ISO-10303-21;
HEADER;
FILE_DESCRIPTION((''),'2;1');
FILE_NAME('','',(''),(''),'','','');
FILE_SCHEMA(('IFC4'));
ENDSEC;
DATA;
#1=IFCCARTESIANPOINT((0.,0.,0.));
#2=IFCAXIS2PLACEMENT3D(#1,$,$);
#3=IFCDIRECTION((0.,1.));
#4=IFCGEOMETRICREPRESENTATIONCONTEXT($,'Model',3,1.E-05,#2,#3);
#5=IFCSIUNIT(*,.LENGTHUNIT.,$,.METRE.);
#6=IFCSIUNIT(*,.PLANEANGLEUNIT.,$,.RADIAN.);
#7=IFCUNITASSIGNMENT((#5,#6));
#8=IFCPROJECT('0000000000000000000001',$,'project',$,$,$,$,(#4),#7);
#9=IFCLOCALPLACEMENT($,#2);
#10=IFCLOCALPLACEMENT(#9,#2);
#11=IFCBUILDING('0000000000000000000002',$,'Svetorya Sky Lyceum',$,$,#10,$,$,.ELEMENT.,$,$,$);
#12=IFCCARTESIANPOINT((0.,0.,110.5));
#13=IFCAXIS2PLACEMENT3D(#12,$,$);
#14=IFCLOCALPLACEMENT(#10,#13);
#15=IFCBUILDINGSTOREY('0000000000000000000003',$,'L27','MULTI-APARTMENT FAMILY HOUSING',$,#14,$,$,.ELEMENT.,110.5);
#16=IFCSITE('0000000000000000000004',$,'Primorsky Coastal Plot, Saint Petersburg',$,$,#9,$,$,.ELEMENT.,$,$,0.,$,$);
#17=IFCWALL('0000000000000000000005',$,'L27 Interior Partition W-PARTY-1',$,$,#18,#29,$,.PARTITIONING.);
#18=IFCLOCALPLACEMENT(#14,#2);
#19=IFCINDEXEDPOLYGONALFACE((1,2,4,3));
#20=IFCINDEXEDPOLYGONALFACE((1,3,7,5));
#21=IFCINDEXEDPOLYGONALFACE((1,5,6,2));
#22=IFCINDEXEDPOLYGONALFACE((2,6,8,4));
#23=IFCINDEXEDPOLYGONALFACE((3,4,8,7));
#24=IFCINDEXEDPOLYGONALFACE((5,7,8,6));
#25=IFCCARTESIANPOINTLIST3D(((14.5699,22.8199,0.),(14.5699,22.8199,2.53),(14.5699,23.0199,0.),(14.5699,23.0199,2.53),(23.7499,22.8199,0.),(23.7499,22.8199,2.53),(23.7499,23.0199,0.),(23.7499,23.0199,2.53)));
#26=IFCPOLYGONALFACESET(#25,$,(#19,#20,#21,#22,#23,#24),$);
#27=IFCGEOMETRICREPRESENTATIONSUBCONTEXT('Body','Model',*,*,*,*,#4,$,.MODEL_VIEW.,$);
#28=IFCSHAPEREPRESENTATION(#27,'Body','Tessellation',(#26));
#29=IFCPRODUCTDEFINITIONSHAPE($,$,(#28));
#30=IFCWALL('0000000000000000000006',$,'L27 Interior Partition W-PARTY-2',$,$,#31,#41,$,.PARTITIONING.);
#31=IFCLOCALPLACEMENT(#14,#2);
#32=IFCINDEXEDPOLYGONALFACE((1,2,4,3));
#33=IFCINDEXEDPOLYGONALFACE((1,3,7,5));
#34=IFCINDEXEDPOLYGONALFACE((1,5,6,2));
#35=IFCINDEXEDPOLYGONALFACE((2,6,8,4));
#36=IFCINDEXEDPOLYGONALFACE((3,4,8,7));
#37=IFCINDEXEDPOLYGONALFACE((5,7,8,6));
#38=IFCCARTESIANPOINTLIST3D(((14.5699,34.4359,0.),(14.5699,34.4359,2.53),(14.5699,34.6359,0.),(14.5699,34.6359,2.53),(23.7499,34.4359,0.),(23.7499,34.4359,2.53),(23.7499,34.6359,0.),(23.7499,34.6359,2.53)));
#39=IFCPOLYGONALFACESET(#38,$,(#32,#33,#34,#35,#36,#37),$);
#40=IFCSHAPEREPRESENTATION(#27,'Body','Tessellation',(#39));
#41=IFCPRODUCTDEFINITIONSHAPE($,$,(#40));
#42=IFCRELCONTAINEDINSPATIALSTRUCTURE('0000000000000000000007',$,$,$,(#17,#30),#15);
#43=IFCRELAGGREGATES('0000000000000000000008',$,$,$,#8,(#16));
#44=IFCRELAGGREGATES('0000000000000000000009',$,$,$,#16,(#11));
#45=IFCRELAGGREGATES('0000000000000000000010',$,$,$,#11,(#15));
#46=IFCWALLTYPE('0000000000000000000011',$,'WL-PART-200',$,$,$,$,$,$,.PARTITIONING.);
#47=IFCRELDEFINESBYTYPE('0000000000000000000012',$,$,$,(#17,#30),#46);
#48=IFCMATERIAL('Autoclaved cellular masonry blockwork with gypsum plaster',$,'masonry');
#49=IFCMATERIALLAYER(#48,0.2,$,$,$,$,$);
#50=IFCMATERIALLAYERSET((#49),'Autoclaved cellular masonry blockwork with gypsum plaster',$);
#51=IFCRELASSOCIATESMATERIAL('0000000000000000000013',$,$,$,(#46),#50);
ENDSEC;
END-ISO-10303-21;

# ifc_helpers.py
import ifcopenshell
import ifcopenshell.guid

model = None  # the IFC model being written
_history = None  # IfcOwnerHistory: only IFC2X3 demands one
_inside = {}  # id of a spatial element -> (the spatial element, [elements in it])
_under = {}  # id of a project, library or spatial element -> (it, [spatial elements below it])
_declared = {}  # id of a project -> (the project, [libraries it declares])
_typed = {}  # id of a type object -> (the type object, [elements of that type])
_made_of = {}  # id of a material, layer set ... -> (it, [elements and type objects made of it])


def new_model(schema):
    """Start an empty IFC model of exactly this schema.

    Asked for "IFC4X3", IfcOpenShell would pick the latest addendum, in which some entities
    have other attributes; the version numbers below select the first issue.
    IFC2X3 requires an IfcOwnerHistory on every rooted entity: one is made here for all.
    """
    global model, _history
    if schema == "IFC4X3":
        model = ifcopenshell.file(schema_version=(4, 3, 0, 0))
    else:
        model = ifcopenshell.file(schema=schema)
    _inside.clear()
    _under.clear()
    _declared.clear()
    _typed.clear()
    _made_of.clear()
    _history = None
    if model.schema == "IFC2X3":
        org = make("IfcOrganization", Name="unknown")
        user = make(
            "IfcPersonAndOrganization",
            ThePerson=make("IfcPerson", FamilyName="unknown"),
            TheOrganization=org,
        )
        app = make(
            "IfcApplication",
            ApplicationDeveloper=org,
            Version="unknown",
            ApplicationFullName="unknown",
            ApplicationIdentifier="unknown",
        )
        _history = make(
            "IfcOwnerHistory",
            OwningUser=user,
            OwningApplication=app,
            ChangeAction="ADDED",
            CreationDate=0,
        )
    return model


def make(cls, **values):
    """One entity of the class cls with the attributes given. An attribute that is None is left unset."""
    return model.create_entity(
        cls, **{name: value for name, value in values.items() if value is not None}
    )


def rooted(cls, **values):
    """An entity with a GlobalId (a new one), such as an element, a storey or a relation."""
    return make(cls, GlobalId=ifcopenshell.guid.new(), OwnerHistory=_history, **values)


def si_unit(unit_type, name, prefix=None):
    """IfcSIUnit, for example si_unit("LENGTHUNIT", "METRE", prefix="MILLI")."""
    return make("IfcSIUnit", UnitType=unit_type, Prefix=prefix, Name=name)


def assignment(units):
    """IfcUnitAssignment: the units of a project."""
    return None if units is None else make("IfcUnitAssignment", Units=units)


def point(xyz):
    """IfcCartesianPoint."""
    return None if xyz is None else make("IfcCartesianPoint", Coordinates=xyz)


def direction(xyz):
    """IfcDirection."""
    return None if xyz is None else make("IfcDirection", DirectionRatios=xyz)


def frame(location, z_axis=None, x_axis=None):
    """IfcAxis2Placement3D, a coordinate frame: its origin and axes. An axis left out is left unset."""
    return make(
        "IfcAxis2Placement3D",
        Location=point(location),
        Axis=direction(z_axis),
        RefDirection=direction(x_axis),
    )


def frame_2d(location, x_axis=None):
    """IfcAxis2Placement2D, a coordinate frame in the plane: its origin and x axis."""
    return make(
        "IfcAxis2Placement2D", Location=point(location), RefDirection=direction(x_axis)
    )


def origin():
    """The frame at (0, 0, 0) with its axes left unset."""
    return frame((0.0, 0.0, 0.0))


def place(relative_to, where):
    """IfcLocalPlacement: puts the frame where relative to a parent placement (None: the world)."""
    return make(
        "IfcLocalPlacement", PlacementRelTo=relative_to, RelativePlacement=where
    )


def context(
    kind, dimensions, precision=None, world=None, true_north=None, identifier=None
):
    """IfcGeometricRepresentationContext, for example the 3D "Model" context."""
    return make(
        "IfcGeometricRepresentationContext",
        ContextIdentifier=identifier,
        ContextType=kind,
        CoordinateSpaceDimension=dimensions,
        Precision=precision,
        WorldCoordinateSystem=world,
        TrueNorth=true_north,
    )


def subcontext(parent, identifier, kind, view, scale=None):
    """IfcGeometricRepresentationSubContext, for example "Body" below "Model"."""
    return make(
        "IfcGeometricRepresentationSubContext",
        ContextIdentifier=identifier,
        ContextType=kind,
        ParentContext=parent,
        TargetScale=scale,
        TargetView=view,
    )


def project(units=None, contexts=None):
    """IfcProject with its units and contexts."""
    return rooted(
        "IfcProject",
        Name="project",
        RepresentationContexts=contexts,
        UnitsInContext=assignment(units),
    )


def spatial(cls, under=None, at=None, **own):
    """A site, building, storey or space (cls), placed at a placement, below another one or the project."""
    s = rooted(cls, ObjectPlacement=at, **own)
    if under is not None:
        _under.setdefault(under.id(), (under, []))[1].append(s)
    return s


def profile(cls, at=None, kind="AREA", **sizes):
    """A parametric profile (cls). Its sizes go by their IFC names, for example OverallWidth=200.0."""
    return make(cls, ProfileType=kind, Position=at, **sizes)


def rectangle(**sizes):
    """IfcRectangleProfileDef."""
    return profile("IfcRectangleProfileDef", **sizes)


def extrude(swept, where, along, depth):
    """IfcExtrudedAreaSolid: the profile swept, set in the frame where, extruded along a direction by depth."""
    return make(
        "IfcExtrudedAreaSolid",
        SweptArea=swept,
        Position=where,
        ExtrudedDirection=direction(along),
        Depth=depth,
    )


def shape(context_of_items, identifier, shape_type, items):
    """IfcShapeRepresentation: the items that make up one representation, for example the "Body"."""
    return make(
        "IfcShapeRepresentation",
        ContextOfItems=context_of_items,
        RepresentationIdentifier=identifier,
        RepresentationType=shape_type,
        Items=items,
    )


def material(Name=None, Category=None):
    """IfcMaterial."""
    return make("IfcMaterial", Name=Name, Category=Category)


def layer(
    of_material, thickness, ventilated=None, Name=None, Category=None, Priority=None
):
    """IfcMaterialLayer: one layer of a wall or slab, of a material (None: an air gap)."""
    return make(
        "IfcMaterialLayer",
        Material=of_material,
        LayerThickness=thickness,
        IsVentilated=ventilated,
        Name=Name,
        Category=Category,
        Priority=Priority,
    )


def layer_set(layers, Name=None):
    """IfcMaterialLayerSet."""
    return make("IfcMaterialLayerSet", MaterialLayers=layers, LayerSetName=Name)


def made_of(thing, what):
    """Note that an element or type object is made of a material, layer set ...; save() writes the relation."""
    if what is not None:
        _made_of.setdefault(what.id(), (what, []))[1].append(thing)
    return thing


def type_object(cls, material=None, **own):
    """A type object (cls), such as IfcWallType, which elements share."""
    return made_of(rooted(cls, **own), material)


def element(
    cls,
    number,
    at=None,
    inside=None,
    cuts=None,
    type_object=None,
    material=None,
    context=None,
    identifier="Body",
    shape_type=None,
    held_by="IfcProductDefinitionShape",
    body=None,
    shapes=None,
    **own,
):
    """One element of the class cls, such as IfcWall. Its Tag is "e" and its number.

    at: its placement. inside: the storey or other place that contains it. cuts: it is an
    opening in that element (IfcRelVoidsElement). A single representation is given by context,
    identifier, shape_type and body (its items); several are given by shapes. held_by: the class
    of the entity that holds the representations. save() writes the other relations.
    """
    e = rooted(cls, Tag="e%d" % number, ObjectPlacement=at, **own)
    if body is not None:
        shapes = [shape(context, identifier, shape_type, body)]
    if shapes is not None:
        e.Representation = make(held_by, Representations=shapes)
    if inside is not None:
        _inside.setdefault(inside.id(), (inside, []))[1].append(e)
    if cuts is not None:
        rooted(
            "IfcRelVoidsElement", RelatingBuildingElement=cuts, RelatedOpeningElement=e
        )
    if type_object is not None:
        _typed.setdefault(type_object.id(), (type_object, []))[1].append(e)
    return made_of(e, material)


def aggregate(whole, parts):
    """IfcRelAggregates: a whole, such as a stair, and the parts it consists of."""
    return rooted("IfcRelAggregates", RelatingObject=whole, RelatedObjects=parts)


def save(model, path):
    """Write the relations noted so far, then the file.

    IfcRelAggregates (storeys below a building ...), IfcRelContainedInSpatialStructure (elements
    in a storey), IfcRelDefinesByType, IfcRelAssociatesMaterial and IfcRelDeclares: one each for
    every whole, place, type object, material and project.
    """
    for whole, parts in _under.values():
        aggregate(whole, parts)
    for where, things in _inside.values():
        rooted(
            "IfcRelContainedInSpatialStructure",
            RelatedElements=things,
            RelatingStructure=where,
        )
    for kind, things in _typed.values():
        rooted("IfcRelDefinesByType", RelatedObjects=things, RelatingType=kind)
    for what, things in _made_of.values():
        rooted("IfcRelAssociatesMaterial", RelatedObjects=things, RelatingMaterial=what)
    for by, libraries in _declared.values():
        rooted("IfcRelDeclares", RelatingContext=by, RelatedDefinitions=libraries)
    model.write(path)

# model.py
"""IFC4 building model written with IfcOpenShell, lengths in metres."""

from ifc_helpers import new_model, si_unit, direction, frame, frame_2d, origin, place, context, subcontext, project, spatial, rectangle, extrude, material, layer, layer_set, type_object, element, save


model = new_model("IFC4")

# Units and contexts
model_context = context("Model", 3, precision=1e-05, world=origin(), true_north=direction((0.0, 1.0)))
body_context = subcontext(model_context, "Body", "Model", "MODEL_VIEW")
ifc_project = project(units=[si_unit("LENGTHUNIT", "METRE"), si_unit("PLANEANGLEUNIT", "RADIAN")], contexts=[model_context])

# Site, building, storey
site_placement = place(None, origin())
site = spatial("IfcSite", under=ifc_project, at=site_placement, Name="Primorsky Coastal Plot, Saint Petersburg", CompositionType="ELEMENT", RefElevation=0.0)
building_placement = place(site_placement, origin())
building = spatial("IfcBuilding", under=site, at=building_placement, Name="Svetorya Sky Lyceum", CompositionType="ELEMENT")
storey_placement = place(building_placement, frame((0.0, 0.0, 110.5)))
storey = spatial("IfcBuildingStorey", under=building, at=storey_placement, Name="L27", Description="MULTI-APARTMENT FAMILY HOUSING", CompositionType="ELEMENT", Elevation=110.5)

# Walls
ifc_material_1 = material(Name="Autoclaved cellular masonry blockwork with gypsum plaster", Category="masonry")
ifc_layer_1 = layer(ifc_material_1, 0.2)
ifc_layer_set_1 = layer_set([ifc_layer_1], Name="Autoclaved cellular masonry blockwork with gypsum plaster")
wall_type_1 = type_object("IfcWallType", Name="WL-PART-200", PredefinedType="PARTITIONING", material=ifc_layer_set_1)
for number, where, z_axis, x_axis, name in (
    (1, (14.5701, 22.9199, 0.0), (0.0, 0.0, 1.0), (1.0, 0.0, 0.0), "L27 Interior Partition W-PARTY-1"),
    (2, (14.5701, 34.5359, 0.0), (0.0, 0.0, 1.0), (1.0, 0.0, 0.0), "L27 Interior Partition W-PARTY-2"),
):
    element("IfcWall", number, at=place(storey_placement, frame(where, z_axis=z_axis, x_axis=x_axis)), inside=storey, type_object=wall_type_1, Name=name, PredefinedType="PARTITIONING", context=body_context, shape_type="SweptSolid", body=[
        extrude(rectangle(XDim=9.1799, YDim=0.2, at=frame_2d((4.5898, 0.0))), origin(), (0.0, 0.0, 1.0), 2.53),
    ])

save(model, "model.ifc")
